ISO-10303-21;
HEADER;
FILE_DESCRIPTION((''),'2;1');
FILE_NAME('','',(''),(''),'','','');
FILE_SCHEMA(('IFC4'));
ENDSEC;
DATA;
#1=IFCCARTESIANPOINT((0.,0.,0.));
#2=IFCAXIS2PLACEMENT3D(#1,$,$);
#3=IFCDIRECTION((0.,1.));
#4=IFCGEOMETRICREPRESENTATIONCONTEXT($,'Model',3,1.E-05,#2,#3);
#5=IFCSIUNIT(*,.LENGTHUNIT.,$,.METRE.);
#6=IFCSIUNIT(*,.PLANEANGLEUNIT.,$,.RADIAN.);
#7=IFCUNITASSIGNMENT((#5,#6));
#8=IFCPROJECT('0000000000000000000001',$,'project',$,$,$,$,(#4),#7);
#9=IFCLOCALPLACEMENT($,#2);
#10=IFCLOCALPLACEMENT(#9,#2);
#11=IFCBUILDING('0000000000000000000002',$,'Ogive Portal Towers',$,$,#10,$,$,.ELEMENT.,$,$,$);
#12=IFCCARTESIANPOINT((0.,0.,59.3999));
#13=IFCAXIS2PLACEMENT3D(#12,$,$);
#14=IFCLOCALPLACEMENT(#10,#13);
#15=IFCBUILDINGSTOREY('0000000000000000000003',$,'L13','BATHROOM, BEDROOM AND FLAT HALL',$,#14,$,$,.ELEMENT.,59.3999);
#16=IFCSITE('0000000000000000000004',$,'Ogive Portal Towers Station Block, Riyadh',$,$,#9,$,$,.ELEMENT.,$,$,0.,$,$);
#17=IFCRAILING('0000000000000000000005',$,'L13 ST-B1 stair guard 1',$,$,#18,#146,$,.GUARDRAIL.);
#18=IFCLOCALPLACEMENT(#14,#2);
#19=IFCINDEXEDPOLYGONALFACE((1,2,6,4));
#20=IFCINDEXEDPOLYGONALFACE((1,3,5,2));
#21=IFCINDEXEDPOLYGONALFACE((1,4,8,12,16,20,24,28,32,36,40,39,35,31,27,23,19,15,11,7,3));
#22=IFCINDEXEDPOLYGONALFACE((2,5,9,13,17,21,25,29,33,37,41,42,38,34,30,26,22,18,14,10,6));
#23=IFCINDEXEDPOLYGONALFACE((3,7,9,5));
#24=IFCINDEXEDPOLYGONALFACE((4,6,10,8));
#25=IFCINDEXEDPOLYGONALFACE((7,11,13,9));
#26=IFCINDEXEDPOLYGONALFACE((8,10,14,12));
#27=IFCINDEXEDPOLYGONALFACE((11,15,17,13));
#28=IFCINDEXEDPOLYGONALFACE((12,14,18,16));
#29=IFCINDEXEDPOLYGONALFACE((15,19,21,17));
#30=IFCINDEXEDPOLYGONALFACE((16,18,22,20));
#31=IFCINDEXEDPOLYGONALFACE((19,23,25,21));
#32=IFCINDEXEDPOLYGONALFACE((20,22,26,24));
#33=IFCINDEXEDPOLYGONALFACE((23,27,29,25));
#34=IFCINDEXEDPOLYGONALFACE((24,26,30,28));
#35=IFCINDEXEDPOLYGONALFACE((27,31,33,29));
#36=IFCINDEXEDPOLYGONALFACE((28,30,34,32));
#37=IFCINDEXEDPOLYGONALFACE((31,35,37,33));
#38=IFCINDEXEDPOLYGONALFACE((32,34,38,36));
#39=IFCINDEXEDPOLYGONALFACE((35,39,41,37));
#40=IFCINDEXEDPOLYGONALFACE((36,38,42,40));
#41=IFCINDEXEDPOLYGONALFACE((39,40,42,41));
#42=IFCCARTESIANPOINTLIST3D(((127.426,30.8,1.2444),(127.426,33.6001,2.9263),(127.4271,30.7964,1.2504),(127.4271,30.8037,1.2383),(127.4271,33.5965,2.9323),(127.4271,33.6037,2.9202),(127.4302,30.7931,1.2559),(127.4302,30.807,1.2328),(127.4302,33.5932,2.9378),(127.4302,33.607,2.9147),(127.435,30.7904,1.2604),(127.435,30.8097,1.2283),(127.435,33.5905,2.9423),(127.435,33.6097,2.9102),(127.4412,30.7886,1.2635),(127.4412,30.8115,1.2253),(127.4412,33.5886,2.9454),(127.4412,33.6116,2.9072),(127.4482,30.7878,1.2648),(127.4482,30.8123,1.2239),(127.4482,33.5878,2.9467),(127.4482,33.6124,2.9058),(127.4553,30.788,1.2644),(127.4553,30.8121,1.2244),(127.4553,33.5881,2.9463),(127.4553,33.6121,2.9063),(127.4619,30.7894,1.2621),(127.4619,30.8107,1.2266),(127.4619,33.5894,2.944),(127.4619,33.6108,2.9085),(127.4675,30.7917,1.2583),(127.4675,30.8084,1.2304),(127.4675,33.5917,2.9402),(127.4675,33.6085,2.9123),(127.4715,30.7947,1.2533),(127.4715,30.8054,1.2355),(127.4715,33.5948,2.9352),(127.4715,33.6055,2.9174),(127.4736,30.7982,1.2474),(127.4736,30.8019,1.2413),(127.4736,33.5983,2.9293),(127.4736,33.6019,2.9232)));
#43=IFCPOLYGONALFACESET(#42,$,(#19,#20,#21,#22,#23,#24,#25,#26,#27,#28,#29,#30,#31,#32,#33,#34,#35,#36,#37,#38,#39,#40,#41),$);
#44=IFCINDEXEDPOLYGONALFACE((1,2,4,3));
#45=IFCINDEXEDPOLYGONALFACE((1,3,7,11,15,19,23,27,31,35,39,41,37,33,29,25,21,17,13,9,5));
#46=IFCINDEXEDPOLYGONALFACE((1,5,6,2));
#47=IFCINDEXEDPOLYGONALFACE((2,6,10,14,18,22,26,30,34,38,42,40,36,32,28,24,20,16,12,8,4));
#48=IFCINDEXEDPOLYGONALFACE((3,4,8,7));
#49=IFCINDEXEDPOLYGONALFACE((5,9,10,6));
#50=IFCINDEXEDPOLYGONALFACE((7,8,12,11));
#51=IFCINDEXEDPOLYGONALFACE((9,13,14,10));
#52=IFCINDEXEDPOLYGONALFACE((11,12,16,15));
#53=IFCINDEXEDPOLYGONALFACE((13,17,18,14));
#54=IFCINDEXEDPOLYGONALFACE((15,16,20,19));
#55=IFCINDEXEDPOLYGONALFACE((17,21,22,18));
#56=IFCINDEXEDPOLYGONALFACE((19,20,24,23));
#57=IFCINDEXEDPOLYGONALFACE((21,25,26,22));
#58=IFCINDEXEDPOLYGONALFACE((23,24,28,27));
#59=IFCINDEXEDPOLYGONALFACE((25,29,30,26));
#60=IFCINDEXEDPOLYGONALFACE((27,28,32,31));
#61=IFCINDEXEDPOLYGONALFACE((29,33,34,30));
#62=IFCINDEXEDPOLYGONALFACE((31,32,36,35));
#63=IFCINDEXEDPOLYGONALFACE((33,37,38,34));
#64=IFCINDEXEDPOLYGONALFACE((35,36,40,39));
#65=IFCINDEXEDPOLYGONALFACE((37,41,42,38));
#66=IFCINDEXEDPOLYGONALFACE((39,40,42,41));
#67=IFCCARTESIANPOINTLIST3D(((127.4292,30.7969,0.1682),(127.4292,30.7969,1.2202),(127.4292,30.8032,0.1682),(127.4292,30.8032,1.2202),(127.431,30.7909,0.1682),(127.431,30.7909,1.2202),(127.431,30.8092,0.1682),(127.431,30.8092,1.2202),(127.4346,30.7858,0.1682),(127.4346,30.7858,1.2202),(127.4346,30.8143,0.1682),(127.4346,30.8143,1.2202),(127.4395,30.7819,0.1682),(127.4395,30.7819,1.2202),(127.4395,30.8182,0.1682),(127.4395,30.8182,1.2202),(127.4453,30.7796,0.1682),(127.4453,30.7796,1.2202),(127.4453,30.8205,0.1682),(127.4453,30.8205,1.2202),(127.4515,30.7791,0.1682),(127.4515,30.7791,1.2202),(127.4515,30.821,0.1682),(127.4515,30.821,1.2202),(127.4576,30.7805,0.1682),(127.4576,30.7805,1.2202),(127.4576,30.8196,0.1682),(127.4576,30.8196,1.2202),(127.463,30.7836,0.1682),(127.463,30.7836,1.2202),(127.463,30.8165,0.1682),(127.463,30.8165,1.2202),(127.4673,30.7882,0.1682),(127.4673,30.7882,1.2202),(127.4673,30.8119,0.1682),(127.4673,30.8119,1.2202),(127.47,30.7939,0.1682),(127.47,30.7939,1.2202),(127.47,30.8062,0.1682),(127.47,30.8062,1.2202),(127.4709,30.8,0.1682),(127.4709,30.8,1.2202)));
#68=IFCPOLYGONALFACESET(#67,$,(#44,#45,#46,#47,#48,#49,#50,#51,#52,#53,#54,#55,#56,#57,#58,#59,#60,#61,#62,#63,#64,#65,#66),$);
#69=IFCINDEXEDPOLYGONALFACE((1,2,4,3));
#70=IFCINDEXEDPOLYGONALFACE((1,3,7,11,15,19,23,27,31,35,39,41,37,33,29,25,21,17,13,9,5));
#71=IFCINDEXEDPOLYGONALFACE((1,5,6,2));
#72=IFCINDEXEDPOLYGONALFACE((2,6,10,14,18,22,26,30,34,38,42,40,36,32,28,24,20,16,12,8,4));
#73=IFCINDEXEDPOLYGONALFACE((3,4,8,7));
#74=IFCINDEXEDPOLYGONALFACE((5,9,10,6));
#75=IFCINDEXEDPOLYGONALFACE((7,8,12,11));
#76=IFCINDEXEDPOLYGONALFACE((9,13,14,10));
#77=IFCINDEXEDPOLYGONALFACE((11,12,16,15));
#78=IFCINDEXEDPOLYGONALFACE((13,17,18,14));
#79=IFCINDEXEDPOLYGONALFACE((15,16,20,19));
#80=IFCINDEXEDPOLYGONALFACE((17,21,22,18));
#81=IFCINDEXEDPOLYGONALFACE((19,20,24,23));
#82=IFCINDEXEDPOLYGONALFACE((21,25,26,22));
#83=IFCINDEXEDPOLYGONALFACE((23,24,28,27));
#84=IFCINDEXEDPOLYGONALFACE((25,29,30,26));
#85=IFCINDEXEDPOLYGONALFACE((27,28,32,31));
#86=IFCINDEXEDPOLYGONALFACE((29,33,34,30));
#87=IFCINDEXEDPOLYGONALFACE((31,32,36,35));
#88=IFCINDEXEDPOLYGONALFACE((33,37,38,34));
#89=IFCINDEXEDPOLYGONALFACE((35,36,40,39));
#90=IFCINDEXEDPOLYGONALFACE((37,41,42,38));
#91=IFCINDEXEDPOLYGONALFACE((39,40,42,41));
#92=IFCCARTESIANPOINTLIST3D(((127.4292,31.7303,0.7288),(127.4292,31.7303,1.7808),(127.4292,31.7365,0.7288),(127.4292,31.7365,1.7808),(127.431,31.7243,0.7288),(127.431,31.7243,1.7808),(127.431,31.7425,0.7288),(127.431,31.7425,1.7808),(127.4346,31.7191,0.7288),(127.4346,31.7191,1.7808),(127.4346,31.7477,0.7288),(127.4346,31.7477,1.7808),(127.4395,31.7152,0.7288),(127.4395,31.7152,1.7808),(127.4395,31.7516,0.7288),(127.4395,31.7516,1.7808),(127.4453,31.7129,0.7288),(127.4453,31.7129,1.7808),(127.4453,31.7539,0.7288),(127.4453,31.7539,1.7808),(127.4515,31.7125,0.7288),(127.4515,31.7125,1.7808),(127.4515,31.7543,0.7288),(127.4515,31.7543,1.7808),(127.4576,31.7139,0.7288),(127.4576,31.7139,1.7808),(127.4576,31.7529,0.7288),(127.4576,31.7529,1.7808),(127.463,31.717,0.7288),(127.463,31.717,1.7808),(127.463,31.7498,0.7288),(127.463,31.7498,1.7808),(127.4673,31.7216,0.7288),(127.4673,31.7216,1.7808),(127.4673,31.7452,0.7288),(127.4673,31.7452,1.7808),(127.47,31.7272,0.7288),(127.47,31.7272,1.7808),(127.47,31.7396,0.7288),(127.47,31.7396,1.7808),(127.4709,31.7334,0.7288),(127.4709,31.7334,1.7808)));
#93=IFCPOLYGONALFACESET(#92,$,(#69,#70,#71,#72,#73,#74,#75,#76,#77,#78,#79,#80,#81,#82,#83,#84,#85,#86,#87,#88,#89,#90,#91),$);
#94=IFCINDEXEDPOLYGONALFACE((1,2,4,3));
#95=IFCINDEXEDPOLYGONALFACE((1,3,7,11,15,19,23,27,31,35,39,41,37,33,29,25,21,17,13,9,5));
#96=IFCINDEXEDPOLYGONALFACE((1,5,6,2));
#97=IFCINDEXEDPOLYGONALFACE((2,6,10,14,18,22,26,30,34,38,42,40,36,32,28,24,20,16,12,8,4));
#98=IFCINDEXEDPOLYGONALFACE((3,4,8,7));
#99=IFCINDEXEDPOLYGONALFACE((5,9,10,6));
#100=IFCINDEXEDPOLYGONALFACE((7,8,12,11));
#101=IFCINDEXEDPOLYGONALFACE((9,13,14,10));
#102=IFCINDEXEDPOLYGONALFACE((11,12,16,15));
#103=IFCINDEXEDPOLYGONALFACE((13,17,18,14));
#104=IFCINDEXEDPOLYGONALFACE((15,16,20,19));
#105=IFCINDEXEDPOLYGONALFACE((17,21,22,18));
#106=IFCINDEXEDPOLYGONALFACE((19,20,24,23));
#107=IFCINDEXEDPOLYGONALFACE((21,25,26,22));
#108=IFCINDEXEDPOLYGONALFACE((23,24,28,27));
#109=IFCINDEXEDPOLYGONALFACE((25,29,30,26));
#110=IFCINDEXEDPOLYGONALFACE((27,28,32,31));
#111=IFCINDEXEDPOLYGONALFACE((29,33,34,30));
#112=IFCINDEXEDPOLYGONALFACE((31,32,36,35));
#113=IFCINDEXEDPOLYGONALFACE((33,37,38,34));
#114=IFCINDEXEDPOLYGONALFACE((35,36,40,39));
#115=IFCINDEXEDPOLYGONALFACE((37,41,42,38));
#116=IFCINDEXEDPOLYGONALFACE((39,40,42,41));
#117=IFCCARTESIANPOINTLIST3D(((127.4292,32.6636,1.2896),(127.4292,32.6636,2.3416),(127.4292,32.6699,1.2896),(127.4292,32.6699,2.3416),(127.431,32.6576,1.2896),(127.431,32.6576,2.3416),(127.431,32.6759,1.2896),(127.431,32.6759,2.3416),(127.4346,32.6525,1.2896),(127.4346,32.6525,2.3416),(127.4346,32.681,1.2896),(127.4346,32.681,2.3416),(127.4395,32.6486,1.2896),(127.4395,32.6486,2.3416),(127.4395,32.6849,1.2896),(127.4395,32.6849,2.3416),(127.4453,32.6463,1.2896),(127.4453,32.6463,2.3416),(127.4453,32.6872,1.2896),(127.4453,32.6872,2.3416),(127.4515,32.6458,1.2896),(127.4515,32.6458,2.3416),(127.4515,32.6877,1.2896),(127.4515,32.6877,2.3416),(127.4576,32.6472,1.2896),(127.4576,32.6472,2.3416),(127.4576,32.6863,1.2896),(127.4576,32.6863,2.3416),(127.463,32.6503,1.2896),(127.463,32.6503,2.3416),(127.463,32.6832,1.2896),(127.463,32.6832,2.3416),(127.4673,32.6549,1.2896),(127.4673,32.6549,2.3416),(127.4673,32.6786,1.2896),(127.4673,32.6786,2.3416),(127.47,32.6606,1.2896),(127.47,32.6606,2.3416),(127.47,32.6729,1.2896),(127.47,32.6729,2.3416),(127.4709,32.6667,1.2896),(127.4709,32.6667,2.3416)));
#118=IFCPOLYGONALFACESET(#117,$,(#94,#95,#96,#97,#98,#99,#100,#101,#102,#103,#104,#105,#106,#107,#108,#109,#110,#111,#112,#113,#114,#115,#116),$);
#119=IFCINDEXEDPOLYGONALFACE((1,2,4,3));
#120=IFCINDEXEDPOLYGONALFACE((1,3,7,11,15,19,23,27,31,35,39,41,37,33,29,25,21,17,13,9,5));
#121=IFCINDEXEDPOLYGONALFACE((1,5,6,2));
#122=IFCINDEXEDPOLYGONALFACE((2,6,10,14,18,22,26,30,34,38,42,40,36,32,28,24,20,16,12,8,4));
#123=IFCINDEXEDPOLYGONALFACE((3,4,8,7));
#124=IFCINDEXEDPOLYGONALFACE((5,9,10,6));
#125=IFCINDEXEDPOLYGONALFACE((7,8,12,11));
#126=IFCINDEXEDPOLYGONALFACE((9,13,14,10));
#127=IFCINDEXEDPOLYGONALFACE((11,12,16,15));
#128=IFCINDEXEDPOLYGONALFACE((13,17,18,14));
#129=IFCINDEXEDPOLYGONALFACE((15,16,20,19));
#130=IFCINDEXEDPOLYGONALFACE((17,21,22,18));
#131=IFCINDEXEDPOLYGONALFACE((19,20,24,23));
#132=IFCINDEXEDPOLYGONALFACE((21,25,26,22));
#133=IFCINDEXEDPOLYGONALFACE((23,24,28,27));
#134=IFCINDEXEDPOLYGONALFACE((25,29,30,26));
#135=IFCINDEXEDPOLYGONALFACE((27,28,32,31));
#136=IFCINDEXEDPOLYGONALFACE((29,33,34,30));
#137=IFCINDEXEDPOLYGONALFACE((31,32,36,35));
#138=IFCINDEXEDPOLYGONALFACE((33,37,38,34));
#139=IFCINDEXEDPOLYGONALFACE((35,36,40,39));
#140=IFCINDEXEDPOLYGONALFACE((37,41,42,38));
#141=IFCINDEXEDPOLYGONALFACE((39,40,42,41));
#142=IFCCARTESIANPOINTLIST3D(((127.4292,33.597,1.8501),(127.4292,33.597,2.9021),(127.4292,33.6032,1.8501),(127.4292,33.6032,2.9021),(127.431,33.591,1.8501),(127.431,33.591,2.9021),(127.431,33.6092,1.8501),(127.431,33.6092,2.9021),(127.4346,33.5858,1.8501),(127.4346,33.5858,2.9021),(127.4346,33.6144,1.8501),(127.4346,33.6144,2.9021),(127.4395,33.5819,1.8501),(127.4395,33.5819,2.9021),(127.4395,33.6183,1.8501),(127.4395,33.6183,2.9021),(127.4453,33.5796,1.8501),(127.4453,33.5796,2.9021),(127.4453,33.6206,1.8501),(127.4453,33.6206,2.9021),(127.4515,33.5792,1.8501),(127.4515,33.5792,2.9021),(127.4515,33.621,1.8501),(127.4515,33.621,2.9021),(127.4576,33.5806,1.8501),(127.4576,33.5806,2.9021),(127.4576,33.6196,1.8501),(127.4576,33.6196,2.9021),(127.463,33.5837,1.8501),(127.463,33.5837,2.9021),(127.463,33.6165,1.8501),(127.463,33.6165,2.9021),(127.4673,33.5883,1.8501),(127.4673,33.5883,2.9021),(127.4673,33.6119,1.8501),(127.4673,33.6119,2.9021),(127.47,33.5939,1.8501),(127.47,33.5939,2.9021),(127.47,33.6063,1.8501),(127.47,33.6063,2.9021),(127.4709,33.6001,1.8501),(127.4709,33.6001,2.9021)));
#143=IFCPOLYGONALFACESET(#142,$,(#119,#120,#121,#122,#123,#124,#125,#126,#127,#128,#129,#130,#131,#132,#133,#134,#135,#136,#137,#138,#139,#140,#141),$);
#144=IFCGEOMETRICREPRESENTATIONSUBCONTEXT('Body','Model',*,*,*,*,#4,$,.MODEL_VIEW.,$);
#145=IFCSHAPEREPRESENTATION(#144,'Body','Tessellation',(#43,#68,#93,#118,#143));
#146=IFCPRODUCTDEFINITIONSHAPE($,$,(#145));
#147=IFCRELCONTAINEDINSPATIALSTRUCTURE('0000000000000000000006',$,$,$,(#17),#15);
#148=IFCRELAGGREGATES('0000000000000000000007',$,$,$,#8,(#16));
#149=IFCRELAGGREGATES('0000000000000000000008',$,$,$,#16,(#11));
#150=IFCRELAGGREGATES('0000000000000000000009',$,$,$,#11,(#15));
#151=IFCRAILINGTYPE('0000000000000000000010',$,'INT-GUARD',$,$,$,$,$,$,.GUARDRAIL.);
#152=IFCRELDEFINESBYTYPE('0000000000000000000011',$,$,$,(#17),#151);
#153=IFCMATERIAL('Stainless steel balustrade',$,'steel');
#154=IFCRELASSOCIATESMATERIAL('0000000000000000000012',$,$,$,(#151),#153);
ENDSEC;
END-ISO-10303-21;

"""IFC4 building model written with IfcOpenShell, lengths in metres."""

from ifc_helpers import new_model, si_unit, direction, frame, origin, origin_2d, place, context, subcontext, project, spatial, circle, extrude, material, type_object, element, save


model = new_model("IFC4")

# Units and contexts
model_context = context("Model", 3, precision=1e-05, world=origin(), true_north=direction((0.0, 1.0)))
body_context = subcontext(model_context, "Body", "Model", "MODEL_VIEW")
ifc_project = project(units=[si_unit("LENGTHUNIT", "METRE"), si_unit("PLANEANGLEUNIT", "RADIAN")], contexts=[model_context])

# Site, building, storey
site_placement = place(None, origin())
site = spatial("IfcSite", under=ifc_project, at=site_placement, Name="Ogive Portal Towers Station Block, Riyadh", CompositionType="ELEMENT", RefElevation=0.0)
building_placement = place(site_placement, origin())
building = spatial("IfcBuilding", under=site, at=building_placement, Name="Ogive Portal Towers", CompositionType="ELEMENT")
storey_placement = place(building_placement, frame((0.0, 0.0, 59.3999)))
storey = spatial("IfcBuildingStorey", under=building, at=storey_placement, Name="L13", Description="BATHROOM, BEDROOM AND FLAT HALL", CompositionType="ELEMENT", Elevation=59.3999)

# Railing
ifc_material_1 = material(Name="Stainless steel balustrade", Category="steel")
railing_type_1 = type_object("IfcRailingType", Name="INT-GUARD", PredefinedType="GUARDRAIL", material=ifc_material_1)
railing_1_placement = place(storey_placement, frame((127.45, 30.8, 0.1682)))
element("IfcRailing", 1, at=railing_1_placement, inside=storey, type_object=railing_type_1, Name="L13 ST-B1 stair guard 1", PredefinedType="GUARDRAIL", context=body_context, shape_type="SweptSolid", body=[
    extrude(circle(Radius=0.0239, at=origin_2d()), frame((0.0, 0.0, 1.0762), z_axis=(0.0, 0.857242, 0.514913), x_axis=(-1.0, 0.0, 0.0)), (0.0, 0.0, 1.0), 3.2664),
    extrude(circle(Radius=0.021, at=origin_2d()), origin(), (0.0, 0.0, 1.0), 1.052),
    extrude(circle(Radius=0.021, at=origin_2d()), frame((0.0, 0.9333, 0.5605)), (0.0, 0.0, 1.0), 1.052),
    extrude(circle(Radius=0.021, at=origin_2d()), frame((0.0, 1.8667, 1.1213)), (0.0, 0.0, 1.0), 1.052),
    extrude(circle(Radius=0.021, at=origin_2d()), frame((0.0, 2.8, 1.6819)), (0.0, 0.0, 1.0), 1.052),
])

save(model, "model.ifc")
